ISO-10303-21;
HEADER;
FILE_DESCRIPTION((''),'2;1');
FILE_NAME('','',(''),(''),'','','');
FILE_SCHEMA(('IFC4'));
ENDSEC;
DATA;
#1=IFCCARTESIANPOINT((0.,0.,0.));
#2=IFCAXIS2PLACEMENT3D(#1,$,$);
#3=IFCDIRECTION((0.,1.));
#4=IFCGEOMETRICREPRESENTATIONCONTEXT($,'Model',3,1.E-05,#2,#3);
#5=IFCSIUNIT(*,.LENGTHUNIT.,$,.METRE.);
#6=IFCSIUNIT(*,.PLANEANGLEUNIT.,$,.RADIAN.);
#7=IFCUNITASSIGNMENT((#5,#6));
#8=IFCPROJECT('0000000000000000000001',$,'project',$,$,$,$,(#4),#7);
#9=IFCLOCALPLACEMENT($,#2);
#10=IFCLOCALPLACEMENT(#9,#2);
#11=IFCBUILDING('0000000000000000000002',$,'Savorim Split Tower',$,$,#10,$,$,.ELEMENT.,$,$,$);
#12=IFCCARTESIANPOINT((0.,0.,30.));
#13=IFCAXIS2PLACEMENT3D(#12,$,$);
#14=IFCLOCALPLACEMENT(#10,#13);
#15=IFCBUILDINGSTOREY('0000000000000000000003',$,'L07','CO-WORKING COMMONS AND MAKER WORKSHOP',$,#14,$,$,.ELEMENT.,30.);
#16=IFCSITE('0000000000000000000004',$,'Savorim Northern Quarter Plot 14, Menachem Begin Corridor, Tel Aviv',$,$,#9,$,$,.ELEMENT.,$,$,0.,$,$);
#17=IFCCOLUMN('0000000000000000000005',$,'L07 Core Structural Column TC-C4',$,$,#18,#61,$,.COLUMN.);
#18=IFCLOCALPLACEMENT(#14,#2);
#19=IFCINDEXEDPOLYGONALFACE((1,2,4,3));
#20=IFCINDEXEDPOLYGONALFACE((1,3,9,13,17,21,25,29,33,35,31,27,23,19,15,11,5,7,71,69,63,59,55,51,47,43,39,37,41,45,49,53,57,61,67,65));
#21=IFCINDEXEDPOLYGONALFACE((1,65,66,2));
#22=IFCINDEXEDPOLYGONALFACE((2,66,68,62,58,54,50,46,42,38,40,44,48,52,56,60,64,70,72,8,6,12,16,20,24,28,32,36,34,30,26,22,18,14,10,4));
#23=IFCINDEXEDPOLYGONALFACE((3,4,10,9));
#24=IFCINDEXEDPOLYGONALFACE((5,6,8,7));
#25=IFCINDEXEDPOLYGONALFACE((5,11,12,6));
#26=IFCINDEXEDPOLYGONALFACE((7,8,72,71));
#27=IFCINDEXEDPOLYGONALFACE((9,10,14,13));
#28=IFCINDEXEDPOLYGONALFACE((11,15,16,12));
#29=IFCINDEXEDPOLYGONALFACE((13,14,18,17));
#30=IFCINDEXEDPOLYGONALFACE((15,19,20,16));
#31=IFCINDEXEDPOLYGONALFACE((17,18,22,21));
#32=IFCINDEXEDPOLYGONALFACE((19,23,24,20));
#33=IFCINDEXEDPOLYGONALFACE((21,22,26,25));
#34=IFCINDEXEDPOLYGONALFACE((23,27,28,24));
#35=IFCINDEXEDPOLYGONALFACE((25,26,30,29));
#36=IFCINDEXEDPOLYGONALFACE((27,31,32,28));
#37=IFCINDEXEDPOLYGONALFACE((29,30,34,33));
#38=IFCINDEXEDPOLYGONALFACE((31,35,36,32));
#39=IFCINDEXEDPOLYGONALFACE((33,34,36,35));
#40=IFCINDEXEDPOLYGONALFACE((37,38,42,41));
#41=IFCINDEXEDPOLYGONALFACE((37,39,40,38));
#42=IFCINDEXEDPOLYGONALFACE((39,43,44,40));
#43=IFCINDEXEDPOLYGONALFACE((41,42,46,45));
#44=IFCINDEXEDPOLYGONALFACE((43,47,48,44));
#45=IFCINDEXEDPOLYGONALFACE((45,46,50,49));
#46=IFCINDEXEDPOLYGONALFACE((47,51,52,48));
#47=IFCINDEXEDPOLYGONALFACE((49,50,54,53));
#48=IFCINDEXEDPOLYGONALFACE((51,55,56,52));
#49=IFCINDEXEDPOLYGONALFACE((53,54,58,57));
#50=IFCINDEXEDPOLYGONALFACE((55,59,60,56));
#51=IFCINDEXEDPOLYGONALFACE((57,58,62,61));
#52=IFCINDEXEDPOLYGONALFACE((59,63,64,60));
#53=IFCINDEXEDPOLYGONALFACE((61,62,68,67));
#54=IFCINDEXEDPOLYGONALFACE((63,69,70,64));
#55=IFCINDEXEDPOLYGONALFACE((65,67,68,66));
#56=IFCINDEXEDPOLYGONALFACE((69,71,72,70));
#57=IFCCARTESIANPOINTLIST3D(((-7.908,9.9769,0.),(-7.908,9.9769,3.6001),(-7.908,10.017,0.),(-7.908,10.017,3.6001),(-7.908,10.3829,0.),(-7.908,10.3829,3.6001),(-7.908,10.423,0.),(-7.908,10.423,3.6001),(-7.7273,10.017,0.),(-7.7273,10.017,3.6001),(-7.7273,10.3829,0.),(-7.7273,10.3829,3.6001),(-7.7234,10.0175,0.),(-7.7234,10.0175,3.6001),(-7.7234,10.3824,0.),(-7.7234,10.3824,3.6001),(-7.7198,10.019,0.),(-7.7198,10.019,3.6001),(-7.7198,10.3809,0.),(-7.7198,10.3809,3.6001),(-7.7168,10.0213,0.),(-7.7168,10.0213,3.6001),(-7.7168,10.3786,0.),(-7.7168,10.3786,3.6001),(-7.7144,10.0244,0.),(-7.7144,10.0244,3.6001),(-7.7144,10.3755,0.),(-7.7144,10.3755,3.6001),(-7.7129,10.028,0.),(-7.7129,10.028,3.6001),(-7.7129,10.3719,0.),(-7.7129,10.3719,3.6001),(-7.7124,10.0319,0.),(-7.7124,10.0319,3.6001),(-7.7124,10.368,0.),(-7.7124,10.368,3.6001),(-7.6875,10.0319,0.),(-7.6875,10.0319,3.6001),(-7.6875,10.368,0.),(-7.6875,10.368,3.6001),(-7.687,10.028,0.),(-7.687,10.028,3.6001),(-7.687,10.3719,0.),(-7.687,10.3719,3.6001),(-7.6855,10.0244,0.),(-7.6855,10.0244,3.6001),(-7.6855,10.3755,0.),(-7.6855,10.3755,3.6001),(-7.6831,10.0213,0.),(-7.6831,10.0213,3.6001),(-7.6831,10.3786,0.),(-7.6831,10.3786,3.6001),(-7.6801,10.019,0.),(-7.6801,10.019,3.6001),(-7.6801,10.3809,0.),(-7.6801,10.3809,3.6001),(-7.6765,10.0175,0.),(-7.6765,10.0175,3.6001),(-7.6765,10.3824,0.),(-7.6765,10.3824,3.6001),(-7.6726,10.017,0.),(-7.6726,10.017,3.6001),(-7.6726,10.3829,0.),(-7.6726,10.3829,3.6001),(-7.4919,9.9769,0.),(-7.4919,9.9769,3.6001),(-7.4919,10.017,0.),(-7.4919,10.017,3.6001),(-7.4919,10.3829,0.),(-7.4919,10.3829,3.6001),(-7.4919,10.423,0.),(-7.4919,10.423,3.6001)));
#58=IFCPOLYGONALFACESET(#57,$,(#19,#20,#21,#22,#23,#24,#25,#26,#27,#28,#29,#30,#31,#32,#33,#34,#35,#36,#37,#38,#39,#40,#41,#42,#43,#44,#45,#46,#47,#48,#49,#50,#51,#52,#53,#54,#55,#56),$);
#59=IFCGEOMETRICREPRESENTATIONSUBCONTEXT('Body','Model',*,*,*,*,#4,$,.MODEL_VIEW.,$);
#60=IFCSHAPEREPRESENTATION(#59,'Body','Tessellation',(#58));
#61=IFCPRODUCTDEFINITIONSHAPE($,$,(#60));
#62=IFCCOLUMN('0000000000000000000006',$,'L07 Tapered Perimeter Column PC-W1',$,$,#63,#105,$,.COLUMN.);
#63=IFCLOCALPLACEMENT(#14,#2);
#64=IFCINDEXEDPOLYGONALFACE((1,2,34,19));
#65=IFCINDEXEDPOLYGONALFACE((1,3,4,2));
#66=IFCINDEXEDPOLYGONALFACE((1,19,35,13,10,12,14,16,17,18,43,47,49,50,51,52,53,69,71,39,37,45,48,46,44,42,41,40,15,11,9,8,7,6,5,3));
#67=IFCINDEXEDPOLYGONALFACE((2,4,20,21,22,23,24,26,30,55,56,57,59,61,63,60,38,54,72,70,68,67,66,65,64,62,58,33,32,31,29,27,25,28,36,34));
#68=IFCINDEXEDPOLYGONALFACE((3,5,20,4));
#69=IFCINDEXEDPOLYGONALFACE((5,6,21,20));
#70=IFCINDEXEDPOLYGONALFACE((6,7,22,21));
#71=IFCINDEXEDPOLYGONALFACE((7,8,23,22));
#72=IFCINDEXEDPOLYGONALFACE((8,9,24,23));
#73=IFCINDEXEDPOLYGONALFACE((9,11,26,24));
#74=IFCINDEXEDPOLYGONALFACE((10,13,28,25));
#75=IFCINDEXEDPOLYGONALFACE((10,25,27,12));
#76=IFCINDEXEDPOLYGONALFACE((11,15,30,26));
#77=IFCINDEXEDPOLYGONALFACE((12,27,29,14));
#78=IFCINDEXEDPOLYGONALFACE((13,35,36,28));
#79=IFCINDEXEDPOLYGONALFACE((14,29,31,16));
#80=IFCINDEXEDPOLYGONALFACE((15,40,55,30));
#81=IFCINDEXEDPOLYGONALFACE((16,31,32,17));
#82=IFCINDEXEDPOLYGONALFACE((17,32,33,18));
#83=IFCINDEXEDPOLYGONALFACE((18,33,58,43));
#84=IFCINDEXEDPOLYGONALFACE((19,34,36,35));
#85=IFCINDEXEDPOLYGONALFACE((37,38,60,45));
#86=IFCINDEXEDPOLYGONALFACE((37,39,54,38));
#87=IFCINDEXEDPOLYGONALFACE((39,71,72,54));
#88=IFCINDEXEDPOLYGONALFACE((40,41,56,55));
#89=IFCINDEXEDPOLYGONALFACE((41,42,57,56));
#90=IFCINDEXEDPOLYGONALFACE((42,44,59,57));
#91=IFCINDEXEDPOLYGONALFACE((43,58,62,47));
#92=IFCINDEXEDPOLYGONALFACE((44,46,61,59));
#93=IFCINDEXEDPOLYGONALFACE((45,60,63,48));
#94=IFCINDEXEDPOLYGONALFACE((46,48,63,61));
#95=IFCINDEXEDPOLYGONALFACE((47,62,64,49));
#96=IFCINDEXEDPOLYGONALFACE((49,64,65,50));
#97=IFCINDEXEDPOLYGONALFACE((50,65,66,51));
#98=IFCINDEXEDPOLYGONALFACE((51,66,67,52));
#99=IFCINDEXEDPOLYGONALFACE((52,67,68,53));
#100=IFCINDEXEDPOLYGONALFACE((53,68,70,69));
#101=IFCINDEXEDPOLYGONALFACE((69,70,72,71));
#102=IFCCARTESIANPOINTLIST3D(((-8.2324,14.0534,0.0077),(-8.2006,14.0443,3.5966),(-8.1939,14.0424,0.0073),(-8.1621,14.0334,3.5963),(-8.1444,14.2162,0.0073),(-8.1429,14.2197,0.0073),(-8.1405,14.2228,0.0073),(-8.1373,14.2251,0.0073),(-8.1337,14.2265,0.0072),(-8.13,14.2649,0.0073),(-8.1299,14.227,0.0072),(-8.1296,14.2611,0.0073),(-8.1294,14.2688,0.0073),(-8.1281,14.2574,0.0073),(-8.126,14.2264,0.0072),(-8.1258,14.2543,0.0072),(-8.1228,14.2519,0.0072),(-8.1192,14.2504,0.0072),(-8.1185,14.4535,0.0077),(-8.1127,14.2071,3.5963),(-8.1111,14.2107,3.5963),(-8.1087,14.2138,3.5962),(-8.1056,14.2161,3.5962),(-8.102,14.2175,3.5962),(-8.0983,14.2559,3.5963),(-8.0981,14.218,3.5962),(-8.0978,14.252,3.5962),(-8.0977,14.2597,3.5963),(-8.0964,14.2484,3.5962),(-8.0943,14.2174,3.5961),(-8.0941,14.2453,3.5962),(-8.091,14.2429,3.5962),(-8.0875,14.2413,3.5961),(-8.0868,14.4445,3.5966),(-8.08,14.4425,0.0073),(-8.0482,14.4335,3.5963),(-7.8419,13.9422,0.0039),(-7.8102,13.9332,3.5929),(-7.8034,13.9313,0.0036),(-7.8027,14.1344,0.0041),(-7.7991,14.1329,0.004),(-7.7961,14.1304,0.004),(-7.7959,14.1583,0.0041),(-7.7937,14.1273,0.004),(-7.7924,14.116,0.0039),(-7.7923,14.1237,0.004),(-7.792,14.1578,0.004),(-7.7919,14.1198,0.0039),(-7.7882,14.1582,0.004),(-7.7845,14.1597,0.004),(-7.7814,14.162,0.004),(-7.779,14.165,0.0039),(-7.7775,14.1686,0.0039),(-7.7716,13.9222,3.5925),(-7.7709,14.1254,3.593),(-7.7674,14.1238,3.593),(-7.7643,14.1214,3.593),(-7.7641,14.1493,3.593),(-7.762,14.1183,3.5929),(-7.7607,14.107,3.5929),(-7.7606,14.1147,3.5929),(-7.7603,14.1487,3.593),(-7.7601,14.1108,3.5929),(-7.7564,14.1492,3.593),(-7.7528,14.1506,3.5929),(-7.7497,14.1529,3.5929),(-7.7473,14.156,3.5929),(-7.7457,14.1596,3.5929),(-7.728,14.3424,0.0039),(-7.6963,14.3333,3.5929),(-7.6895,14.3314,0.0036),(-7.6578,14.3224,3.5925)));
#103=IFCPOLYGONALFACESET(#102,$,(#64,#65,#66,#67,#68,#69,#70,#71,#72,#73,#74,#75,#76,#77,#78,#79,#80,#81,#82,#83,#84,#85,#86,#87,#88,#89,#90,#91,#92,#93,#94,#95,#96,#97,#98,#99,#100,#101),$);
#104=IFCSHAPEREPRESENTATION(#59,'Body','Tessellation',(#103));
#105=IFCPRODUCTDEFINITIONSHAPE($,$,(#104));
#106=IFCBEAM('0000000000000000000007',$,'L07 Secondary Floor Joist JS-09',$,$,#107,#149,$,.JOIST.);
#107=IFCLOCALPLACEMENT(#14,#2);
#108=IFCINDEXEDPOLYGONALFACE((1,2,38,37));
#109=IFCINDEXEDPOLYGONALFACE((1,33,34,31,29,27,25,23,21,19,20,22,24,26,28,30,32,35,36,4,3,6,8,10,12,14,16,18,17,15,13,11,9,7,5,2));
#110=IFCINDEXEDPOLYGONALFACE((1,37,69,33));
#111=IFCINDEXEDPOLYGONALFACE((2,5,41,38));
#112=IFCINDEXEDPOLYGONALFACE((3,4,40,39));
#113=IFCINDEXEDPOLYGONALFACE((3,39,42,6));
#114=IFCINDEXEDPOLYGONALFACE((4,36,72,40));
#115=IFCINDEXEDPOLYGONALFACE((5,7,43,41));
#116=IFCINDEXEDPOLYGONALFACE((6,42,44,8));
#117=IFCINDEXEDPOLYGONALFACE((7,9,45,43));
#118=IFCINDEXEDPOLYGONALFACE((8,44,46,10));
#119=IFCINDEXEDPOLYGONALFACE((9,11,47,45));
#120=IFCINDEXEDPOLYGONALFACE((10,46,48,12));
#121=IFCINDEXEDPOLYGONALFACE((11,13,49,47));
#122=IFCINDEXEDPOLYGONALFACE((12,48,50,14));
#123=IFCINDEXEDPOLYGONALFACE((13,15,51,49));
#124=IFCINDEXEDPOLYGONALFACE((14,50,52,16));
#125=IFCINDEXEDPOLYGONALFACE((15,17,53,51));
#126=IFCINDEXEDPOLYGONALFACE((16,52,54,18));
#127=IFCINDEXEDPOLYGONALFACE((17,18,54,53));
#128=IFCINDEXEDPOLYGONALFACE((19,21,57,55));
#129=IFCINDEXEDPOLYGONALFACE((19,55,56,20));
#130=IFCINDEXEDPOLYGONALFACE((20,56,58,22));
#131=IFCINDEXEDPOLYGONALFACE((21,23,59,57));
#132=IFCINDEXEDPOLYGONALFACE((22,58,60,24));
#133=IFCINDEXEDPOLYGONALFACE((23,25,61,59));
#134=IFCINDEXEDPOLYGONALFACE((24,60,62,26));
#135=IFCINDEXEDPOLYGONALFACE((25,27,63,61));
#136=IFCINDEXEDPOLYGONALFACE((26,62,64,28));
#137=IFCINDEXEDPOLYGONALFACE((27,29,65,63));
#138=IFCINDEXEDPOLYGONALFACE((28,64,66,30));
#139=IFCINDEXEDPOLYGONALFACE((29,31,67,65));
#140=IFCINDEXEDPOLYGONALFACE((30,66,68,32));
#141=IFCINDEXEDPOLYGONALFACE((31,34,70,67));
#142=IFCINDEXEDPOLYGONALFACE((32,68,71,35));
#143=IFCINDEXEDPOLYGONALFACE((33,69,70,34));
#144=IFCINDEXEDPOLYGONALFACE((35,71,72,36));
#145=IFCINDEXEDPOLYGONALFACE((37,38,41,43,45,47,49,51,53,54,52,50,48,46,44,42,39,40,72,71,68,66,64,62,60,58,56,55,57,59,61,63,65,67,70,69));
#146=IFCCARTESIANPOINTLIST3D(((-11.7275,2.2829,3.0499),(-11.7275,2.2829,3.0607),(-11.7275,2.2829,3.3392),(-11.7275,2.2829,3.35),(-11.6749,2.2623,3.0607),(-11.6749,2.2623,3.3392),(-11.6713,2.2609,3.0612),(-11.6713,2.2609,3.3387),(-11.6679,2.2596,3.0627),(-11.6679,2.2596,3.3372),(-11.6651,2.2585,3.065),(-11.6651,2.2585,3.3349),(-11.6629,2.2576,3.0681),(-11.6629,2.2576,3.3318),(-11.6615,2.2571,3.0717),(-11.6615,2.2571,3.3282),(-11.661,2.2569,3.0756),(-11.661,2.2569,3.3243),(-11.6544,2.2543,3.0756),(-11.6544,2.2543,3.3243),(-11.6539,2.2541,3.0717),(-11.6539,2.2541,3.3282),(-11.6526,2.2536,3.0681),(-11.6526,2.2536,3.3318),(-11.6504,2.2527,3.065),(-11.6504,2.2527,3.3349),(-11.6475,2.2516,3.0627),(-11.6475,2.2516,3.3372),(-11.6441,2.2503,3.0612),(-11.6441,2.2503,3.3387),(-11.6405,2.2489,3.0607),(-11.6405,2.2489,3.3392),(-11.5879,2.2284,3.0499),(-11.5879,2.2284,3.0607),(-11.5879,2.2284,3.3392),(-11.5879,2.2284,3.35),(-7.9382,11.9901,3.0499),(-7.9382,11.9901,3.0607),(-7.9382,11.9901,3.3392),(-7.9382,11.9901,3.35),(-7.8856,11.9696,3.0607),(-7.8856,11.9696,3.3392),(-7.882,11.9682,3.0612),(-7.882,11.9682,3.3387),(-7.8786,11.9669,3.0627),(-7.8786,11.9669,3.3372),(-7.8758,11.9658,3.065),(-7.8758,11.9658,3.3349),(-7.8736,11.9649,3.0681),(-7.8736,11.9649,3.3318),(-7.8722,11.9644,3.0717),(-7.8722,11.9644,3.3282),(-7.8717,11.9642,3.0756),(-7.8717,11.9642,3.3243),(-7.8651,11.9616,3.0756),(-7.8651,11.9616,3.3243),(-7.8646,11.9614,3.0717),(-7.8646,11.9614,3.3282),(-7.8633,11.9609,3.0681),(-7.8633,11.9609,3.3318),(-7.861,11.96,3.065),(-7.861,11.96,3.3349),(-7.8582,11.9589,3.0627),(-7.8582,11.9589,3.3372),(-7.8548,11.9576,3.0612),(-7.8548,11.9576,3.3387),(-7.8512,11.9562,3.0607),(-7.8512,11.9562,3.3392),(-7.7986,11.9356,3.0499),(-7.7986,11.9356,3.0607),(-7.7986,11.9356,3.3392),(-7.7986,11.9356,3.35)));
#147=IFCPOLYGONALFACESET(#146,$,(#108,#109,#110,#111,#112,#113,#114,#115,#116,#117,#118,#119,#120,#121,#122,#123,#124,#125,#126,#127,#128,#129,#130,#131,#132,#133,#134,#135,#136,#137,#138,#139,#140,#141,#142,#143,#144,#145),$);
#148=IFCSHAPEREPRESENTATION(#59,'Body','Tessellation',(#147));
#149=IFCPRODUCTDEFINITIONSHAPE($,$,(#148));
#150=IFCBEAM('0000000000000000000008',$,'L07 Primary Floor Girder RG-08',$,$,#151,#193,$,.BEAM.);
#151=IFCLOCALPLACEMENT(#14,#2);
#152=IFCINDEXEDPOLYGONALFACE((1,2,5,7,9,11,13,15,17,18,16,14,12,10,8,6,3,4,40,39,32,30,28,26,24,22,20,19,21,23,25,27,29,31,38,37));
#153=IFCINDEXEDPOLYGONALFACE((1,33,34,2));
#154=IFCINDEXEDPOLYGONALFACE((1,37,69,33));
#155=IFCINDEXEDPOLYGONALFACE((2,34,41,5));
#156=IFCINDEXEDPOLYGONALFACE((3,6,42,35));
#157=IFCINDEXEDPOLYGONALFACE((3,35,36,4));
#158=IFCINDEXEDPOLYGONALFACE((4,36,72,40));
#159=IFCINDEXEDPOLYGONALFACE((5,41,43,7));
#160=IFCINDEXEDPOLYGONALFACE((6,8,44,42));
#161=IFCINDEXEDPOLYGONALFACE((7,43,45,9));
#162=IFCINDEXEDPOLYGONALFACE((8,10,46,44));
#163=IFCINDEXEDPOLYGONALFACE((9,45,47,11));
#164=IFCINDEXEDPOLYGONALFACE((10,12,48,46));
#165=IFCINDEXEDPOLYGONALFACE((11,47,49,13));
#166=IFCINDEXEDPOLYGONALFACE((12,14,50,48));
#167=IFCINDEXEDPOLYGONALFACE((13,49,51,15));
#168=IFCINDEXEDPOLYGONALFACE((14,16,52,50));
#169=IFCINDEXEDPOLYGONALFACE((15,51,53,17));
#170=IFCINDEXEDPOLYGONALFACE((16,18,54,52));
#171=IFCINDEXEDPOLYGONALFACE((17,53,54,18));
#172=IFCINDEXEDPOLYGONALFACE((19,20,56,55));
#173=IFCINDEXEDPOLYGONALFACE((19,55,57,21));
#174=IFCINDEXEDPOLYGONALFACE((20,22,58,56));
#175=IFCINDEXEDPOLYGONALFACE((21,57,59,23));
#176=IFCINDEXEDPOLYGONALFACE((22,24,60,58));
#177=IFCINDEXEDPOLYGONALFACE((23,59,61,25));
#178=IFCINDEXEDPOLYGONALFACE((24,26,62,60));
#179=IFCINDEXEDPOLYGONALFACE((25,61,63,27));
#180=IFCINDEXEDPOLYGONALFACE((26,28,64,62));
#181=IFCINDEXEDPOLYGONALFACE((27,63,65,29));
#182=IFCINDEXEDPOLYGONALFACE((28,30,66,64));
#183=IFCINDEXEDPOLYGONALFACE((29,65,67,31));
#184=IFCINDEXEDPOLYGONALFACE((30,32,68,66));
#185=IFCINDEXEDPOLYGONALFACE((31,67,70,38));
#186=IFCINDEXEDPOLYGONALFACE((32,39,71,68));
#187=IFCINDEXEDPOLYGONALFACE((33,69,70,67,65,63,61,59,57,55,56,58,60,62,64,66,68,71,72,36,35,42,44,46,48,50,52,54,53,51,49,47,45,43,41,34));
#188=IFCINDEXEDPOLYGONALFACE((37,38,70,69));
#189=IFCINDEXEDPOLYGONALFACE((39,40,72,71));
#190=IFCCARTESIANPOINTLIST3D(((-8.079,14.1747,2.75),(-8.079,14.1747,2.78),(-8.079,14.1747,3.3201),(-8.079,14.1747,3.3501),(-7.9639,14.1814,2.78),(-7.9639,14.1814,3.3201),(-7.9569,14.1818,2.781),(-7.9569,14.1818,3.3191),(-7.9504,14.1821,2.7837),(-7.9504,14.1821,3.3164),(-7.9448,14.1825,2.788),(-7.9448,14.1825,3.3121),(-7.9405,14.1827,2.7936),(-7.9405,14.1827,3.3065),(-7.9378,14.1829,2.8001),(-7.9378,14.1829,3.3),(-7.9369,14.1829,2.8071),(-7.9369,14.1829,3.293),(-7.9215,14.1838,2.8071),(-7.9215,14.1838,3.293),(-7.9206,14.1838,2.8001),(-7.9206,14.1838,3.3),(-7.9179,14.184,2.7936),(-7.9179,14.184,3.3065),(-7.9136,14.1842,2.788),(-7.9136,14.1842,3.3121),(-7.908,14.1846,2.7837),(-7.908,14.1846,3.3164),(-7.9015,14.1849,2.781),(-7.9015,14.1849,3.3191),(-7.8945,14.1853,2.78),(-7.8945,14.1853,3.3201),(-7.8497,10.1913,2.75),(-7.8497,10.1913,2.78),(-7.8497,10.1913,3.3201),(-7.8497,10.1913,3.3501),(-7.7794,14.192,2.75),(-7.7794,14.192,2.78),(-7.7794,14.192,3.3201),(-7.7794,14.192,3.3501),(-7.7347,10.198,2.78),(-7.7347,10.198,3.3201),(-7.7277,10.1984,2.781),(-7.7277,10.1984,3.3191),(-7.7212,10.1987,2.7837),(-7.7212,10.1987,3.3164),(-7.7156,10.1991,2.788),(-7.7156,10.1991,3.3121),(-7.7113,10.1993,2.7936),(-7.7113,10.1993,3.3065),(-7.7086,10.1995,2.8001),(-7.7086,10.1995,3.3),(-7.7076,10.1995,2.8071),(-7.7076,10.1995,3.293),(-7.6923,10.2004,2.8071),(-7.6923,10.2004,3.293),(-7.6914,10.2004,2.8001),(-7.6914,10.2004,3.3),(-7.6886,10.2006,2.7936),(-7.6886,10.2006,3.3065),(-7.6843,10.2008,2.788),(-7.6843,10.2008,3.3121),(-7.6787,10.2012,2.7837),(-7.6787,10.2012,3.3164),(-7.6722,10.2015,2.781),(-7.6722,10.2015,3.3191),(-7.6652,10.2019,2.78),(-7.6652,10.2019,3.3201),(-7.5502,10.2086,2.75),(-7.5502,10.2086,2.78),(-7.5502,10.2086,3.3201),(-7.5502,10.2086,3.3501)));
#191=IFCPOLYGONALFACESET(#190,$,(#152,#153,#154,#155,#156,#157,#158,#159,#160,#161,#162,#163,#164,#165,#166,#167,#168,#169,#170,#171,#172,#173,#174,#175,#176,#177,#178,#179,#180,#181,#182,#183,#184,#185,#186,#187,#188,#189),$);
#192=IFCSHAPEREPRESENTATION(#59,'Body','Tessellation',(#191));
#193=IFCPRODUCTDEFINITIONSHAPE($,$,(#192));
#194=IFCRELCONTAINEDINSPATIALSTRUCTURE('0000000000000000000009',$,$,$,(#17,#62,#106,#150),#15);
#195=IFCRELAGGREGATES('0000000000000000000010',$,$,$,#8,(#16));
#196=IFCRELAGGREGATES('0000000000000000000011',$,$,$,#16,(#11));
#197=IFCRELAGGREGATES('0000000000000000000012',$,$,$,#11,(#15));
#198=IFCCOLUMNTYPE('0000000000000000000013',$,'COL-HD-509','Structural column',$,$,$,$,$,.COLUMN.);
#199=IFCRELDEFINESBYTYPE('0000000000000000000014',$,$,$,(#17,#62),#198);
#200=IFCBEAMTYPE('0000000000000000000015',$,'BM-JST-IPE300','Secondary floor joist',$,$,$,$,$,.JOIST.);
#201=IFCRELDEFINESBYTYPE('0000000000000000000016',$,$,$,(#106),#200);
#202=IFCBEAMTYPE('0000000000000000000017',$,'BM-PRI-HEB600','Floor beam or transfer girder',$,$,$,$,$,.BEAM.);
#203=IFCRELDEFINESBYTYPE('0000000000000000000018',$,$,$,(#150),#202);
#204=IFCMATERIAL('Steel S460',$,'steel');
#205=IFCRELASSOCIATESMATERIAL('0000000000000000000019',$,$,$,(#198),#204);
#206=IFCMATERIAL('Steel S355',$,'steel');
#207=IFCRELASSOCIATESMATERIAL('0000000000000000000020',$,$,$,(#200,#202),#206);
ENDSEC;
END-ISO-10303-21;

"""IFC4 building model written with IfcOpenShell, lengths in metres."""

from ifc_helpers import new_model, si_unit, direction, frame, origin, origin_2d, place, context, subcontext, project, spatial, i_section, extrude, material, material_profile, profile_set, type_object, element, save


model = new_model("IFC4")

# Units and contexts
model_context = context("Model", 3, precision=1e-05, world=origin(), true_north=direction((0.0, 1.0)))
body_context = subcontext(model_context, "Body", "Model", "MODEL_VIEW")
ifc_project = project(units=[si_unit("LENGTHUNIT", "METRE"), si_unit("PLANEANGLEUNIT", "RADIAN")], contexts=[model_context])

# Site, building, storey
site_placement = place(None, origin())
site = spatial("IfcSite", under=ifc_project, at=site_placement, Name="Savorim Northern Quarter Plot 14, Menachem Begin Corridor, Tel Aviv", CompositionType="ELEMENT", RefElevation=0.0)
building_placement = place(site_placement, origin())
building = spatial("IfcBuilding", under=site, at=building_placement, Name="Savorim Split Tower", CompositionType="ELEMENT")
storey_placement = place(building_placement, frame((0.0, 0.0, 30.0)))
storey = spatial("IfcBuildingStorey", under=building, at=storey_placement, Name="L07", Description="CO-WORKING COMMONS AND MAKER WORKSHOP", CompositionType="ELEMENT", Elevation=30.0)

# Columns
ifc_material_1 = material(Name="Steel S460", Category="steel")
ifc_material_profile_1 = material_profile(ifc_material_1, i_section(OverallWidth=0.416, OverallDepth=0.446, WebThickness=0.0249, FlangeThickness=0.04, FilletRadius=0.0149, at=origin_2d()), Name="HD 400x509")
ifc_profile_set_1 = profile_set([ifc_material_profile_1], Name="Steel S460")
column_type = type_object("IfcColumnType", Name="COL-HD-509", Description="Structural column", PredefinedType="COLUMN", material=ifc_profile_set_1)
column_1_placement = place(storey_placement, frame((-7.7, 10.2, 0.0), z_axis=(0.0, 0.0, 1.0), x_axis=(1.0, 0.0, 0.0)))
element("IfcColumn", 1, at=column_1_placement, inside=storey, type_object=column_type, Name="L07 Core Structural Column TC-C4", PredefinedType="COLUMN", context=body_context, shape_type="SweptSolid", body=[
    extrude(i_section(OverallWidth=0.416, OverallDepth=0.446, WebThickness=0.0249, FlangeThickness=0.04, FilletRadius=0.0149, at=origin_2d()), origin(), (0.0, 0.0, 1.0), 3.6001),
])
column_2_placement = place(storey_placement, frame((-7.9609, 14.1924, 0.0056), z_axis=(0.008843, -0.002517, 0.999958), x_axis=(0.273744, 0.961803, 0.0)))
element("IfcColumn", 2, at=column_2_placement, inside=storey, type_object=column_type, Name="L07 Tapered Perimeter Column PC-W1", PredefinedType="COLUMN", context=body_context, shape_type="SweptSolid", body=[
    extrude(i_section(OverallWidth=0.416, OverallDepth=0.446, WebThickness=0.0249, FlangeThickness=0.04, FilletRadius=0.0149, at=origin_2d()), origin(), (0.0, 0.0, 1.0), 3.5891),
])

# Beams
ifc_material_2 = material(Name="Steel S355", Category="steel")
ifc_material_profile_2 = material_profile(ifc_material_2, i_section(OverallWidth=0.1499, OverallDepth=0.3, WebThickness=0.0071, FlangeThickness=0.0107, FilletRadius=0.0149, at=origin_2d()), Name="IPE 300")
ifc_profile_set_2 = profile_set([ifc_material_profile_2], Name="Steel S355")
beam_type_1 = type_object("IfcBeamType", Name="BM-JST-IPE300", Description="Secondary floor joist", PredefinedType="JOIST", material=ifc_profile_set_2)
beam_1_placement = place(storey_placement, frame((-7.8684, 11.9629, 3.2), z_axis=(-0.363634, -0.931542, 0.0), x_axis=(0.931542, -0.363634, 0.0)))
element("IfcBeam", 3, at=beam_1_placement, inside=storey, type_object=beam_type_1, Name="L07 Secondary Floor Joist JS-09", PredefinedType="JOIST", context=body_context, shape_type="SweptSolid", body=[
    extrude(i_section(OverallWidth=0.1499, OverallDepth=0.3, WebThickness=0.0071, FlangeThickness=0.0107, FilletRadius=0.0149, at=origin_2d()), origin(), (0.0, 0.0, 1.0), 10.4207),
])
ifc_material_profile_3 = material_profile(ifc_material_2, i_section(OverallWidth=0.3, OverallDepth=0.6001, WebThickness=0.0154, FlangeThickness=0.03, FilletRadius=0.0271, at=origin_2d()), Name="HEB 600")
ifc_profile_set_3 = profile_set([ifc_material_profile_3], Name="Steel S355")
beam_type_2 = type_object("IfcBeamType", Name="BM-PRI-HEB600", Description="Floor beam or transfer girder", PredefinedType="BEAM", material=ifc_profile_set_3)
beam_2_placement = place(storey_placement, frame((-7.9292, 14.1833, 3.05), z_axis=(0.057456, -0.998348, 0.0), x_axis=(0.998348, 0.057456, 0.0)))
element("IfcBeam", 4, at=beam_2_placement, inside=storey, type_object=beam_type_2, Name="L07 Primary Floor Girder RG-08", PredefinedType="BEAM", context=body_context, shape_type="SweptSolid", body=[
    extrude(i_section(OverallWidth=0.3, OverallDepth=0.6001, WebThickness=0.0154, FlangeThickness=0.03, FilletRadius=0.0271, at=origin_2d()), origin(), (0.0, 0.0, 1.0), 3.99),
])

save(model, "model.ifc")
